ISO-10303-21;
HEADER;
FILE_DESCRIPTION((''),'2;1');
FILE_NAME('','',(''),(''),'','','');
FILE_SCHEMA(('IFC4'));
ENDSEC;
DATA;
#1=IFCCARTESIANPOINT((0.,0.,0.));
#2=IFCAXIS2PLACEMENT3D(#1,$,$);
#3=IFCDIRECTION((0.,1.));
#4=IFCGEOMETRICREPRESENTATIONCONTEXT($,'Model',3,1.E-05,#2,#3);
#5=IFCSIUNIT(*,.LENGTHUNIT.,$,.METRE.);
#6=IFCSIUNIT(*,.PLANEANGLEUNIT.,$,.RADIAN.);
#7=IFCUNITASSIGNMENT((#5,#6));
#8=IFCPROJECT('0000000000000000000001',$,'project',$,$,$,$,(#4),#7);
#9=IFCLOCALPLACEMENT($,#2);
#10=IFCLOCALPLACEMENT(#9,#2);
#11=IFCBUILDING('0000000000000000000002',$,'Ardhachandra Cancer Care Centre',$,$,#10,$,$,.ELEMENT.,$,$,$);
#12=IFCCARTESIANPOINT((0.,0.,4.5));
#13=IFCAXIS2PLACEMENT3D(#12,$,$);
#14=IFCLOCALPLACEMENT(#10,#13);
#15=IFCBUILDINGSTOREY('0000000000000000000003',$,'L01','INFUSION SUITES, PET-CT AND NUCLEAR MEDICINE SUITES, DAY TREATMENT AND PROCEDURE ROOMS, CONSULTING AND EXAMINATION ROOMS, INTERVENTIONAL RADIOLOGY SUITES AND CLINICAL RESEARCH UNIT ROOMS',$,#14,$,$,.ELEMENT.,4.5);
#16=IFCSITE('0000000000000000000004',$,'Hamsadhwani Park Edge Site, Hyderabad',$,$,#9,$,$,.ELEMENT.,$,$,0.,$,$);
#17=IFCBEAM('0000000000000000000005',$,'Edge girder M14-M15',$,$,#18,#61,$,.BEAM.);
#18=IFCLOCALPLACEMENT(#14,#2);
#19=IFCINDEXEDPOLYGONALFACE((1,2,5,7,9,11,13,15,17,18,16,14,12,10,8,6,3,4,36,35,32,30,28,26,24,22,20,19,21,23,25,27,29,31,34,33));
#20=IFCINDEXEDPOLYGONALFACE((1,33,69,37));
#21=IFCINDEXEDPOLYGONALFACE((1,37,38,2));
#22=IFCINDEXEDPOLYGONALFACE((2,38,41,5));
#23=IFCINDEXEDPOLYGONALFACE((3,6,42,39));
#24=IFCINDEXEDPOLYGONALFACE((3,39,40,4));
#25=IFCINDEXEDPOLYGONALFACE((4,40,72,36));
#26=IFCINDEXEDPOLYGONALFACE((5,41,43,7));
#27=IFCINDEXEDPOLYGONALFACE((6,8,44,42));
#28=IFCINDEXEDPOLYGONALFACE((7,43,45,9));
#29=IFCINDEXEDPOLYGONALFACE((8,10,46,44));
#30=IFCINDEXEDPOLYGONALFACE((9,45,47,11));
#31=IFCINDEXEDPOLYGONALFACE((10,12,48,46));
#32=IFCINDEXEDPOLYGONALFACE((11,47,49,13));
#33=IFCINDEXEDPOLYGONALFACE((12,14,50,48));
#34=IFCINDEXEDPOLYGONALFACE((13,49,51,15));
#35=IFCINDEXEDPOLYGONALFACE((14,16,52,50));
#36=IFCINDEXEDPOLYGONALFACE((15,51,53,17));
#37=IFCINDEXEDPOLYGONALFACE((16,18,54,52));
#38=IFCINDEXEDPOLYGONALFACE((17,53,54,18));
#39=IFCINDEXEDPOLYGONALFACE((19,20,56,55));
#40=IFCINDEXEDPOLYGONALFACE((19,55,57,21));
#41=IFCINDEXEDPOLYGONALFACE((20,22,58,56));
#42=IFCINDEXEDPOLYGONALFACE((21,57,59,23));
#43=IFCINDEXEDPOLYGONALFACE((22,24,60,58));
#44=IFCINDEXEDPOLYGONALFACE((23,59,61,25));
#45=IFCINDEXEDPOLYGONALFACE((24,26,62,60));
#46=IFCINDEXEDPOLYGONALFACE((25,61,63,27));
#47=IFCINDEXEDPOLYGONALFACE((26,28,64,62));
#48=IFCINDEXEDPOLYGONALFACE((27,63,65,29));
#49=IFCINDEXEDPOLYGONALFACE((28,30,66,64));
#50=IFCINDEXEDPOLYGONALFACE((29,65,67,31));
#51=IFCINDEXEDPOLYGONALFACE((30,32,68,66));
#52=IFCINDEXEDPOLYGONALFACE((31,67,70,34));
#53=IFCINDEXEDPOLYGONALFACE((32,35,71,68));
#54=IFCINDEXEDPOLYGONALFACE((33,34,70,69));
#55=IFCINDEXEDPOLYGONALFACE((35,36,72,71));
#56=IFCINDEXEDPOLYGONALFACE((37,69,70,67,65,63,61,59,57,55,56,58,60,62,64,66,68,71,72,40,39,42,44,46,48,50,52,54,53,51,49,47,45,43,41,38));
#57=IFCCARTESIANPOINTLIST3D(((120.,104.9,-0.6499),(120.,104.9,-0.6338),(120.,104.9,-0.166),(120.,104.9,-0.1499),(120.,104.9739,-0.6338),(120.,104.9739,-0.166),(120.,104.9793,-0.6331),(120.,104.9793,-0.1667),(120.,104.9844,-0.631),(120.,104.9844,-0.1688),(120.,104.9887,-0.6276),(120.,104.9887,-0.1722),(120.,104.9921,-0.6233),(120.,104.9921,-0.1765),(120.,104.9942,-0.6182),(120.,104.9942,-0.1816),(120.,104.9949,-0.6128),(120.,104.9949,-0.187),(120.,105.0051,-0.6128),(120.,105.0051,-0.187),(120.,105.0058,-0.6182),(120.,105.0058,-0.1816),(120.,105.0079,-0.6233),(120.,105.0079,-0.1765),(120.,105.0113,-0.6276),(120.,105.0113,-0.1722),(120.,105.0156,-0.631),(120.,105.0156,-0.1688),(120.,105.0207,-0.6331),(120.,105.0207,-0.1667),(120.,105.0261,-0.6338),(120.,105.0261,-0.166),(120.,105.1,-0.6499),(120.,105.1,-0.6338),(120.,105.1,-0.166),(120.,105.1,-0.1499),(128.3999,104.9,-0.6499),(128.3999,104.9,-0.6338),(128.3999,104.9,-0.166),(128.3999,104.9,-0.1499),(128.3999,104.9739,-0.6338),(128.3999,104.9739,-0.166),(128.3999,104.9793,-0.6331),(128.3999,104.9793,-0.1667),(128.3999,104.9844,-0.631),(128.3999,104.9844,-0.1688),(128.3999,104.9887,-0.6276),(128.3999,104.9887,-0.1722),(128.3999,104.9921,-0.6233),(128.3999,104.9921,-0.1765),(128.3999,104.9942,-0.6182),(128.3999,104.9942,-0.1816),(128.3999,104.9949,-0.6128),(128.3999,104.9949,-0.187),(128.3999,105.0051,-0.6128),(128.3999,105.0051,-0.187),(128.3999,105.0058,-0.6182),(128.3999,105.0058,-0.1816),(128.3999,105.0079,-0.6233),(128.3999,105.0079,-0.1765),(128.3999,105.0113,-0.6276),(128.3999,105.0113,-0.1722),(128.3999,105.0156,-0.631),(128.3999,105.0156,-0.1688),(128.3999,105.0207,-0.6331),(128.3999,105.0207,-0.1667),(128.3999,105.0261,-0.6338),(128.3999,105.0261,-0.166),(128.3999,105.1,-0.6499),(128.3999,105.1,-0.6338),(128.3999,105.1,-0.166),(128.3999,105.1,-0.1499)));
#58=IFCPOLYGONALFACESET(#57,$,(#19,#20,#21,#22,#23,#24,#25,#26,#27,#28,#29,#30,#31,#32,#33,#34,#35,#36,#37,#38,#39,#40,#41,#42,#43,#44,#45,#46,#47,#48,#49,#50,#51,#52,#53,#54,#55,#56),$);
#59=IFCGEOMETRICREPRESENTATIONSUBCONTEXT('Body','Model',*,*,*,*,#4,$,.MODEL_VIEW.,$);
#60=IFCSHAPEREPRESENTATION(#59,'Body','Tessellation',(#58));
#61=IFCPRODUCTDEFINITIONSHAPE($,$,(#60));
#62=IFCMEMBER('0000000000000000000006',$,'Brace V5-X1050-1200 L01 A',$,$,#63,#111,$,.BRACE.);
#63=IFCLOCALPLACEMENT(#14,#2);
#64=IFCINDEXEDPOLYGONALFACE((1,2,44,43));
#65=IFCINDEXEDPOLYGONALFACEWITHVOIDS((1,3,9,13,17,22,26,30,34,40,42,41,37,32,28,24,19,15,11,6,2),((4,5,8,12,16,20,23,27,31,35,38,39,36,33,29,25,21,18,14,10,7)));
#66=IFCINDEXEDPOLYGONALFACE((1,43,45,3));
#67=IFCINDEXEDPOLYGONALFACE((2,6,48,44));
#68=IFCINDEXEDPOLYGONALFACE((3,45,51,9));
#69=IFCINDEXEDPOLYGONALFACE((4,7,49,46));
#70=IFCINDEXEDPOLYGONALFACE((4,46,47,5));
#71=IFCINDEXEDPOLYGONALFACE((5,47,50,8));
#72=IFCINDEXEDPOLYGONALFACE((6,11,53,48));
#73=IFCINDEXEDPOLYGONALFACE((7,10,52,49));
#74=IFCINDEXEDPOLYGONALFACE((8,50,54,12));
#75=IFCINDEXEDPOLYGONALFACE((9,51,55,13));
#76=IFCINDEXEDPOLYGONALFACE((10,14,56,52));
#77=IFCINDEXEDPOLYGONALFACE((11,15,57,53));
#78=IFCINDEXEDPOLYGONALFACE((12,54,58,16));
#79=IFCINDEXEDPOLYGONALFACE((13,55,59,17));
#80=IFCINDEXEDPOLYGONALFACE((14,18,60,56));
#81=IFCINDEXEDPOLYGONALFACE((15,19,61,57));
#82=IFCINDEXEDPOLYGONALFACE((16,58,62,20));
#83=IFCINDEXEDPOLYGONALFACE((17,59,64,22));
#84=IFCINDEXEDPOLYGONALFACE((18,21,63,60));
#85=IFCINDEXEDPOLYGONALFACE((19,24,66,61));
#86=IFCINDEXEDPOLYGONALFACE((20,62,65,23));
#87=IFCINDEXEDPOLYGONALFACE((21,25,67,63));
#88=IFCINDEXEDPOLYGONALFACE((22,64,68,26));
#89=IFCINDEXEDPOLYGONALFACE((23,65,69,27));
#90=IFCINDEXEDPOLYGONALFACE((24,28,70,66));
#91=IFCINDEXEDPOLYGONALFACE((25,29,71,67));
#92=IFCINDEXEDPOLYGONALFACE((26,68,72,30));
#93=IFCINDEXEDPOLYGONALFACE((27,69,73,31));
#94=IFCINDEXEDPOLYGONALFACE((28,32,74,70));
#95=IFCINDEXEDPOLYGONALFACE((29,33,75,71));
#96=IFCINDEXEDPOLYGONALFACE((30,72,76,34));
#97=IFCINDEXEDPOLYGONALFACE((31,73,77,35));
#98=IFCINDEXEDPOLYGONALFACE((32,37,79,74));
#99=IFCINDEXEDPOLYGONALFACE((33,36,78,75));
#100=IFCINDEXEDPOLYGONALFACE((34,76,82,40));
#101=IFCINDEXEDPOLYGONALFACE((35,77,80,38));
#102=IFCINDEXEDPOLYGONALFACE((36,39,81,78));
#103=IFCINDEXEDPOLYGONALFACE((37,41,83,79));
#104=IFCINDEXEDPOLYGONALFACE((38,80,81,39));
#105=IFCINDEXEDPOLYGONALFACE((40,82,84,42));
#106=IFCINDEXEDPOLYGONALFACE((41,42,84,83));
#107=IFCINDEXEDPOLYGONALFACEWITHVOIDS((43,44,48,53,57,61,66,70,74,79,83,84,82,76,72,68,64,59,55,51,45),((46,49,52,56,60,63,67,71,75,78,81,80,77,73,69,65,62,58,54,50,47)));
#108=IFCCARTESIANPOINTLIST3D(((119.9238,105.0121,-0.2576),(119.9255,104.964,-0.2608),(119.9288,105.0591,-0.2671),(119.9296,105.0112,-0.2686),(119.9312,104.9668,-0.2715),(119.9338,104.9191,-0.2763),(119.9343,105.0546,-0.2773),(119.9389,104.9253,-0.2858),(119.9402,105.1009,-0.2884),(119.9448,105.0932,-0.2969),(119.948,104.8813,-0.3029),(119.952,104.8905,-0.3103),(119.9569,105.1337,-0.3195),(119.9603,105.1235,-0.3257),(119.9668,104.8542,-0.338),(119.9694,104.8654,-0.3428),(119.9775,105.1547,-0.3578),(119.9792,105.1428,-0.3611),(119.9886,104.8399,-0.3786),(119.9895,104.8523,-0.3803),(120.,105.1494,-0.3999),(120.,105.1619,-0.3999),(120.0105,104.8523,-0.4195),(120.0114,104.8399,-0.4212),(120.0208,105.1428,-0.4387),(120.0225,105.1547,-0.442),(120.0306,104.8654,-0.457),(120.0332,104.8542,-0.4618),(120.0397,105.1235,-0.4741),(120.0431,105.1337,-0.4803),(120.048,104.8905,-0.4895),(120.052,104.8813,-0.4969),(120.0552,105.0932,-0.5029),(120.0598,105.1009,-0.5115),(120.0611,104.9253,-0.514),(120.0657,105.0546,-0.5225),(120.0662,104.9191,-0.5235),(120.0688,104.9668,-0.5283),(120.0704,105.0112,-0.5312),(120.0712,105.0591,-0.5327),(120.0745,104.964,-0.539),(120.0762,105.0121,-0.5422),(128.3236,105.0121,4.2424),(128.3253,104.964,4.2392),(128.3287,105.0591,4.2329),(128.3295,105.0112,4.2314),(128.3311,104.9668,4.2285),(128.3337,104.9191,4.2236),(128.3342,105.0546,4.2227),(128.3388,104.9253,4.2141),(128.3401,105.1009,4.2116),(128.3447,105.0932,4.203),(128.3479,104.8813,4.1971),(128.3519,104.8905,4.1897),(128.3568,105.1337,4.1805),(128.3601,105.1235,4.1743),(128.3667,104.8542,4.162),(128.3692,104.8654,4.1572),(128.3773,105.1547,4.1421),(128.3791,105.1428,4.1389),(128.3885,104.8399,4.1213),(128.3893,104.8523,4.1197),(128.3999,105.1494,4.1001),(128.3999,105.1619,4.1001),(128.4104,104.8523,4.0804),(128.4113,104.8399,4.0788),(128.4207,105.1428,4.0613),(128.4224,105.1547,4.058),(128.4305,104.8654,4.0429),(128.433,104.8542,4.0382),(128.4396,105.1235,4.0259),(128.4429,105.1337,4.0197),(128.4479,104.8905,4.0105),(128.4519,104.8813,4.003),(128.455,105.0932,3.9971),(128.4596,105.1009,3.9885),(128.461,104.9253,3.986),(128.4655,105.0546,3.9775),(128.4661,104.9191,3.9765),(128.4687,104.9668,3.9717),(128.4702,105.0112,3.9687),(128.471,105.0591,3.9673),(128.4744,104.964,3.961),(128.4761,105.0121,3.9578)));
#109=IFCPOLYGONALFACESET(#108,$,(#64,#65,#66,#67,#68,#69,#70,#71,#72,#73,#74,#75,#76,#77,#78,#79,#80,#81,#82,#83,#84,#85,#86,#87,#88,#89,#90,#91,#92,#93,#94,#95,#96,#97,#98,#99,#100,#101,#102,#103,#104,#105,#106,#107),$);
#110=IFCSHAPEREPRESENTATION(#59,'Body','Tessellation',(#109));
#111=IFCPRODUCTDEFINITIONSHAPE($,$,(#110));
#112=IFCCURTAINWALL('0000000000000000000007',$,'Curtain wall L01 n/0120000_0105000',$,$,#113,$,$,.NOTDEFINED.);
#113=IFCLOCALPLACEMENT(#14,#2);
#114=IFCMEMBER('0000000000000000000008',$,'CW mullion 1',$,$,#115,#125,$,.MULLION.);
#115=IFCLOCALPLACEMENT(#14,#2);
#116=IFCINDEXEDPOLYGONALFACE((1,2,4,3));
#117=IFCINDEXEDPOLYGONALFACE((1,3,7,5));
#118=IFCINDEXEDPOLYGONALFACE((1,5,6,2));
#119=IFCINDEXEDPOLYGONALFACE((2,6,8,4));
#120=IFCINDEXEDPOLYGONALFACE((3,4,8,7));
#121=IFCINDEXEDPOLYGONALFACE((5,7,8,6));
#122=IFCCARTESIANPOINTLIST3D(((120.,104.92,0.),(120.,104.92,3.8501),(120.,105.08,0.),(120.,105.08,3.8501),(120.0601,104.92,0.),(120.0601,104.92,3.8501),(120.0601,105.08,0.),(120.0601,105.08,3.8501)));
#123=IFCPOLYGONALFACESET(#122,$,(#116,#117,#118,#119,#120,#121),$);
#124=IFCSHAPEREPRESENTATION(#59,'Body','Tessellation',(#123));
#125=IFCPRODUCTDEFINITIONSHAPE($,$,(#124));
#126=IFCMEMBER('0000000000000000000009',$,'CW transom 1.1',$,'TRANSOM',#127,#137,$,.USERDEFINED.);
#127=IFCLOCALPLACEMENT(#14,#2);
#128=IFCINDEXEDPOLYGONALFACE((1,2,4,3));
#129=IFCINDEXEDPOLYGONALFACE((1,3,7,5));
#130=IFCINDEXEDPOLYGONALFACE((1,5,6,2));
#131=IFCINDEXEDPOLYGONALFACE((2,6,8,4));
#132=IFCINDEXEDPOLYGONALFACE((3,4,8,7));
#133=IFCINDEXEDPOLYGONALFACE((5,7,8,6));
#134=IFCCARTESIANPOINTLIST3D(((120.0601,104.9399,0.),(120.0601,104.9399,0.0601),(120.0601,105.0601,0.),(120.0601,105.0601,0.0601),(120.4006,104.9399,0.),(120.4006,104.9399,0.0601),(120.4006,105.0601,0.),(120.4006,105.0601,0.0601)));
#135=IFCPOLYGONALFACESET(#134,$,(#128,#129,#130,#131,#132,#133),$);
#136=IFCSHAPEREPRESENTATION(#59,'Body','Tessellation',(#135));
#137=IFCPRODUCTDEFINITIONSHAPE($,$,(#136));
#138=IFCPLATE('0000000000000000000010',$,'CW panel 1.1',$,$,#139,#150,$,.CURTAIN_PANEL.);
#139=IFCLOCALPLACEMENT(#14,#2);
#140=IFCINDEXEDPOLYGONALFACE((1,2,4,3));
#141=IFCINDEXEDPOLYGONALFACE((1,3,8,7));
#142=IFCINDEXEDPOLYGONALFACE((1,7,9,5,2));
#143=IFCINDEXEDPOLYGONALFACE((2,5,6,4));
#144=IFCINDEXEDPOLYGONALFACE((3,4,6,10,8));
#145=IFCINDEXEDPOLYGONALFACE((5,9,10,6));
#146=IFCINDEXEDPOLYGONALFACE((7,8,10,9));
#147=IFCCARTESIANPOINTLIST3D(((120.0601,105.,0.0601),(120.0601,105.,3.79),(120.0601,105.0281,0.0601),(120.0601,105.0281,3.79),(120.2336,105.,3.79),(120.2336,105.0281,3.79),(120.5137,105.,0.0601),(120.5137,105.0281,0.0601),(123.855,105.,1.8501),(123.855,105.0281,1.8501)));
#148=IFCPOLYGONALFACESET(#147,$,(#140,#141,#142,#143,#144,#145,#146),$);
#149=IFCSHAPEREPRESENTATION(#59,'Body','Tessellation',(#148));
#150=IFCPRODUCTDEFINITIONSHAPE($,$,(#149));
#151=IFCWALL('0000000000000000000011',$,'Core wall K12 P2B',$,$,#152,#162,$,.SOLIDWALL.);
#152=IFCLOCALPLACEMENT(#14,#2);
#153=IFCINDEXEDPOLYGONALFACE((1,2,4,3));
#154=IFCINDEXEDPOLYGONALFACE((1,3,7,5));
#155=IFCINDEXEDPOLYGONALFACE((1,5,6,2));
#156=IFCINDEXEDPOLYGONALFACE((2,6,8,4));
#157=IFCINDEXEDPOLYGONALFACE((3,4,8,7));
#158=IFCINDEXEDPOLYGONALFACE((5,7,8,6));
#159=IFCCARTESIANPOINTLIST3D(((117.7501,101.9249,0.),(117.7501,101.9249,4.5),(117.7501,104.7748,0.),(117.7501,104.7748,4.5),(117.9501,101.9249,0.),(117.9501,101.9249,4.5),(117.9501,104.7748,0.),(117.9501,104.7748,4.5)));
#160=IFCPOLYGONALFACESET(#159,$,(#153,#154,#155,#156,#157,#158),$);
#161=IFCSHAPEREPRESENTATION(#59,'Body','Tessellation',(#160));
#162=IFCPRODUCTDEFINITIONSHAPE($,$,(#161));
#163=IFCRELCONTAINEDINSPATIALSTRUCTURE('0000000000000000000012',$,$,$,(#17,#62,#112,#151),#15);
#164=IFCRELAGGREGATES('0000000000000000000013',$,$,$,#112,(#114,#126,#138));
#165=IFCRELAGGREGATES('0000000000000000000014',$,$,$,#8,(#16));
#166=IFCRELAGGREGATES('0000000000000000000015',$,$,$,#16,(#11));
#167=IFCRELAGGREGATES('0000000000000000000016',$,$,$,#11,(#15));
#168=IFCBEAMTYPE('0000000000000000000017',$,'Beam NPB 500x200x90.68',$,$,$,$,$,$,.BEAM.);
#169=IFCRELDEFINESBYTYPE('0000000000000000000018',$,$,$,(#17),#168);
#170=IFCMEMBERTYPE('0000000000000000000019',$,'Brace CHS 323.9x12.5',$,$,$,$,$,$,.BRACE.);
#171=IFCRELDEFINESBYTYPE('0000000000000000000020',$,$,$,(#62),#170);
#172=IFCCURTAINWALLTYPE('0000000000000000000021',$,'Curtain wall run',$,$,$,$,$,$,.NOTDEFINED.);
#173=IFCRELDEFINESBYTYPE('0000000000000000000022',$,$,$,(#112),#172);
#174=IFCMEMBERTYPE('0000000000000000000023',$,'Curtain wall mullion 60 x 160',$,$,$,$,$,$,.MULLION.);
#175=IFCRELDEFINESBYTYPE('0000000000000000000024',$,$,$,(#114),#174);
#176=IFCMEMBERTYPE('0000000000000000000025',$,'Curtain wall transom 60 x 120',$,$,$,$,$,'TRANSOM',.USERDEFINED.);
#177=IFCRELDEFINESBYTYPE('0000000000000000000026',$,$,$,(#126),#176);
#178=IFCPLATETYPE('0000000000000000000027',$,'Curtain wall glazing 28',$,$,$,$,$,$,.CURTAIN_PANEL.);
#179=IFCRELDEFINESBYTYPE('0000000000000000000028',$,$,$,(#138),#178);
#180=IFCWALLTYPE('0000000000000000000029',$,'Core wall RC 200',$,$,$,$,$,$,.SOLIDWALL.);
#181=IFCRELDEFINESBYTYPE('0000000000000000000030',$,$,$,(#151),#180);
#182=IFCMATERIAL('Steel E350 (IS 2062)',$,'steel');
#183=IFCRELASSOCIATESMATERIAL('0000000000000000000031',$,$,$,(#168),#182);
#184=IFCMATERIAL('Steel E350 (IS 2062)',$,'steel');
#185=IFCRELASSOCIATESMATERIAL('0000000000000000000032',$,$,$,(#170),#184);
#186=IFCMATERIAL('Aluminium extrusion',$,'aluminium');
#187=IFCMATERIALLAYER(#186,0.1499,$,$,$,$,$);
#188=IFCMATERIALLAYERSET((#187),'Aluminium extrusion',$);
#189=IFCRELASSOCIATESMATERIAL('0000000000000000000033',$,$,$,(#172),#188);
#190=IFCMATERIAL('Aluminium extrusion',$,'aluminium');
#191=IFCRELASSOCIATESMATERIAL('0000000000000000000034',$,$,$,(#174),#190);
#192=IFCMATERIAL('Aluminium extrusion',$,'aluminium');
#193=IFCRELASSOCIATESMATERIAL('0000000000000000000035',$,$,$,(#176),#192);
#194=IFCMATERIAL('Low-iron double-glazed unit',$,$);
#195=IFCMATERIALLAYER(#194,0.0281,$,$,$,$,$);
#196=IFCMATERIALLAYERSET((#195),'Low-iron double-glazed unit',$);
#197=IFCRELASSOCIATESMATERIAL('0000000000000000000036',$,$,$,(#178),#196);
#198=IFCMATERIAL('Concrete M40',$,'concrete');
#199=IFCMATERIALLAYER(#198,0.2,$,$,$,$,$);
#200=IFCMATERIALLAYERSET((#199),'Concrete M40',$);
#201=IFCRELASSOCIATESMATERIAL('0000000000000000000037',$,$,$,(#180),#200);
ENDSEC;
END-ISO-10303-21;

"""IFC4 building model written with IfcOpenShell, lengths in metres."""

from ifc_helpers import new_model, si_unit, direction, frame, frame_2d, origin, origin_2d, place, context, subcontext, project, spatial, polyline, rectangle, hollow_circle, i_section, outline, extrude, material, layer, layer_set, material_profile, profile_set, type_object, element, aggregate, save


model = new_model("IFC4")

# Units and contexts
model_context = context("Model", 3, precision=1e-05, world=origin(), true_north=direction((0.0, 1.0)))
body_context = subcontext(model_context, "Body", "Model", "MODEL_VIEW")
ifc_project = project(units=[si_unit("LENGTHUNIT", "METRE"), si_unit("PLANEANGLEUNIT", "RADIAN")], contexts=[model_context])

# Site, building, storey
site_placement = place(None, origin())
site = spatial("IfcSite", under=ifc_project, at=site_placement, Name="Hamsadhwani Park Edge Site, Hyderabad", CompositionType="ELEMENT", RefElevation=0.0)
building_placement = place(site_placement, origin())
building = spatial("IfcBuilding", under=site, at=building_placement, Name="Ardhachandra Cancer Care Centre", CompositionType="ELEMENT")
storey_placement = place(building_placement, frame((0.0, 0.0, 4.5)))
storey = spatial("IfcBuildingStorey", under=building, at=storey_placement, Name="L01", Description="INFUSION SUITES, PET-CT AND NUCLEAR MEDICINE SUITES, DAY TREATMENT AND PROCEDURE ROOMS, CONSULTING AND EXAMINATION ROOMS, INTERVENTIONAL RADIOLOGY SUITES AND CLINICAL RESEARCH UNIT ROOMS", CompositionType="ELEMENT", Elevation=4.5)

# Beam
ifc_material_1 = material(Name="Steel E350 (IS 2062)", Category="steel")
ifc_material_profile_1 = material_profile(ifc_material_1, i_section(OverallWidth=0.2, OverallDepth=0.5, WebThickness=0.0103, FlangeThickness=0.0161, FilletRadius=0.021, at=origin_2d()), Name="NPB 500x200x90.68")
ifc_profile_set_1 = profile_set([ifc_material_profile_1], Name="Steel E350 (IS 2062)")
beam_type = type_object("IfcBeamType", Name="Beam NPB 500x200x90.68", PredefinedType="BEAM", material=ifc_profile_set_1)
beam_placement = place(storey_placement, frame((120.0, 105.0, -0.3999), z_axis=(1.0, 0.0, 0.0), x_axis=(0.0, 1.0, 0.0)))
element("IfcBeam", 1, at=beam_placement, inside=storey, type_object=beam_type, Name="Edge girder M14-M15", PredefinedType="BEAM", context=body_context, shape_type="SweptSolid", body=[
    extrude(i_section(OverallWidth=0.2, OverallDepth=0.5, WebThickness=0.0103, FlangeThickness=0.0161, FilletRadius=0.021, at=origin_2d()), origin(), (0.0, 0.0, 1.0), 8.3999),
])

# Member
ifc_material_2 = material(Name="Steel E350 (IS 2062)", Category="steel")
ifc_material_profile_2 = material_profile(ifc_material_2, hollow_circle(Radius=0.1619, WallThickness=0.0125, at=origin_2d()), Name="CHS 323.9x12.5")
ifc_profile_set_2 = profile_set([ifc_material_profile_2], Name="Steel E350 (IS 2062)")
member_type_1 = type_object("IfcMemberType", Name="Brace CHS 323.9x12.5", PredefinedType="BRACE", material=ifc_profile_set_2)
member_1_placement = place(storey_placement, frame((120.0, 105.0, -0.3999), z_axis=(0.881478, 0.0, 0.472226), x_axis=(0.0, 1.0, 0.0)))
element("IfcMember", 2, at=member_1_placement, inside=storey, type_object=member_type_1, Name="Brace V5-X1050-1200 L01 A", PredefinedType="BRACE", context=body_context, shape_type="SweptSolid", body=[
    extrude(hollow_circle(Radius=0.1619, WallThickness=0.0125, at=origin_2d()), origin(), (0.0, 0.0, 1.0), 9.5293),
])

# Curtain wall, members, plate
ifc_material_3 = material(Name="Aluminium extrusion", Category="aluminium")
ifc_layer_1 = layer(ifc_material_3, 0.1499)
ifc_layer_set_1 = layer_set([ifc_layer_1], Name="Aluminium extrusion")
curtain_wall_type = type_object("IfcCurtainWallType", Name="Curtain wall run", PredefinedType="NOTDEFINED", material=ifc_layer_set_1)
curtain_wall_placement = place(storey_placement, origin())
curtain_wall = element("IfcCurtainWall", 3, at=curtain_wall_placement, inside=storey, type_object=curtain_wall_type, Name="Curtain wall L01 n/0120000_0105000", PredefinedType="NOTDEFINED")
ifc_material_4 = material(Name="Aluminium extrusion", Category="aluminium")
ifc_material_profile_3 = material_profile(ifc_material_4, rectangle(XDim=0.1599, YDim=0.0601, at=origin_2d()), Name="Curtain wall mullion 60 x 160")
ifc_profile_set_3 = profile_set([ifc_material_profile_3], Name="Aluminium extrusion")
member_type_2 = type_object("IfcMemberType", Name="Curtain wall mullion 60 x 160", PredefinedType="MULLION", material=ifc_profile_set_3)
member_2_placement = place(storey_placement, frame((120.03, 105.0, 0.0), z_axis=(0.0, 0.0, 1.0), x_axis=(0.0, 1.0, 0.0)))
member_2 = element("IfcMember", 4, at=member_2_placement, type_object=member_type_2, Name="CW mullion 1", PredefinedType="MULLION", context=body_context, shape_type="SweptSolid", body=[
    extrude(rectangle(XDim=0.1599, YDim=0.0601, at=origin_2d()), origin(), (0.0, 0.0, 1.0), 3.8501),
])
ifc_material_5 = material(Name="Aluminium extrusion", Category="aluminium")
ifc_material_profile_4 = material_profile(ifc_material_5, rectangle(XDim=0.1201, YDim=0.0601, at=origin_2d()), Name="Curtain wall transom 60 x 120")
ifc_profile_set_4 = profile_set([ifc_material_profile_4], Name="Aluminium extrusion")
member_type_3 = type_object("IfcMemberType", Name="Curtain wall transom 60 x 120", ElementType="TRANSOM", PredefinedType="USERDEFINED", material=ifc_profile_set_4)
member_3_placement = place(storey_placement, frame((120.0601, 105.0, 0.03), z_axis=(1.0, 0.0, 0.0), x_axis=(0.0, 1.0, 0.0)))
member_3 = element("IfcMember", 5, at=member_3_placement, type_object=member_type_3, Name="CW transom 1.1", ObjectType="TRANSOM", PredefinedType="USERDEFINED", context=body_context, shape_type="SweptSolid", body=[
    extrude(rectangle(XDim=0.1201, YDim=0.0601, at=origin_2d()), origin(), (0.0, 0.0, 1.0), 0.3406),
])
ifc_material_6 = material(Name="Low-iron double-glazed unit")
ifc_layer_2 = layer(ifc_material_6, 0.0281)
ifc_layer_set_2 = layer_set([ifc_layer_2], Name="Low-iron double-glazed unit")
plate_type = type_object("IfcPlateType", Name="Curtain wall glazing 28", PredefinedType="CURTAIN_PANEL", material=ifc_layer_set_2)
plate_placement = place(storey_placement, frame((120.0601, 105.0, 0.0601), z_axis=(0.0, 1.0, 0.0), x_axis=(0.0, 0.0, 1.0)))
plate = element("IfcPlate", 6, at=plate_placement, type_object=plate_type, Name="CW panel 1.1", PredefinedType="CURTAIN_PANEL", context=body_context, shape_type="SweptSolid", body=[
    extrude(outline(polyline([(0.0, 0.0), (3.73, 0.0), (3.73, 0.1736), (1.79, 3.7949), (0.0, 0.4536), (0.0, 0.0)])), origin(), (0.0, 0.0, 1.0), 0.0281),
])
aggregate(curtain_wall, [member_2, member_3, plate])

# Wall
ifc_material_7 = material(Name="Concrete M40", Category="concrete")
ifc_layer_3 = layer(ifc_material_7, 0.2)
ifc_layer_set_3 = layer_set([ifc_layer_3], Name="Concrete M40")
wall_type = type_object("IfcWallType", Name="Core wall RC 200", PredefinedType="SOLIDWALL", material=ifc_layer_set_3)
wall_1_placement = place(storey_placement, frame((117.8501, 101.925, 0.0), z_axis=(0.0, 0.0, 1.0), x_axis=(0.0, 1.0, 0.0)))
element("IfcWall", 7, at=wall_1_placement, inside=storey, type_object=wall_type, Name="Core wall K12 P2B", PredefinedType="SOLIDWALL", context=body_context, shape_type="SweptSolid", body=[
    extrude(rectangle(XDim=2.8499, YDim=0.2, at=frame_2d((1.4248, 0.0))), origin(), (0.0, 0.0, 1.0), 4.5),
])

save(model, "model.ifc")
